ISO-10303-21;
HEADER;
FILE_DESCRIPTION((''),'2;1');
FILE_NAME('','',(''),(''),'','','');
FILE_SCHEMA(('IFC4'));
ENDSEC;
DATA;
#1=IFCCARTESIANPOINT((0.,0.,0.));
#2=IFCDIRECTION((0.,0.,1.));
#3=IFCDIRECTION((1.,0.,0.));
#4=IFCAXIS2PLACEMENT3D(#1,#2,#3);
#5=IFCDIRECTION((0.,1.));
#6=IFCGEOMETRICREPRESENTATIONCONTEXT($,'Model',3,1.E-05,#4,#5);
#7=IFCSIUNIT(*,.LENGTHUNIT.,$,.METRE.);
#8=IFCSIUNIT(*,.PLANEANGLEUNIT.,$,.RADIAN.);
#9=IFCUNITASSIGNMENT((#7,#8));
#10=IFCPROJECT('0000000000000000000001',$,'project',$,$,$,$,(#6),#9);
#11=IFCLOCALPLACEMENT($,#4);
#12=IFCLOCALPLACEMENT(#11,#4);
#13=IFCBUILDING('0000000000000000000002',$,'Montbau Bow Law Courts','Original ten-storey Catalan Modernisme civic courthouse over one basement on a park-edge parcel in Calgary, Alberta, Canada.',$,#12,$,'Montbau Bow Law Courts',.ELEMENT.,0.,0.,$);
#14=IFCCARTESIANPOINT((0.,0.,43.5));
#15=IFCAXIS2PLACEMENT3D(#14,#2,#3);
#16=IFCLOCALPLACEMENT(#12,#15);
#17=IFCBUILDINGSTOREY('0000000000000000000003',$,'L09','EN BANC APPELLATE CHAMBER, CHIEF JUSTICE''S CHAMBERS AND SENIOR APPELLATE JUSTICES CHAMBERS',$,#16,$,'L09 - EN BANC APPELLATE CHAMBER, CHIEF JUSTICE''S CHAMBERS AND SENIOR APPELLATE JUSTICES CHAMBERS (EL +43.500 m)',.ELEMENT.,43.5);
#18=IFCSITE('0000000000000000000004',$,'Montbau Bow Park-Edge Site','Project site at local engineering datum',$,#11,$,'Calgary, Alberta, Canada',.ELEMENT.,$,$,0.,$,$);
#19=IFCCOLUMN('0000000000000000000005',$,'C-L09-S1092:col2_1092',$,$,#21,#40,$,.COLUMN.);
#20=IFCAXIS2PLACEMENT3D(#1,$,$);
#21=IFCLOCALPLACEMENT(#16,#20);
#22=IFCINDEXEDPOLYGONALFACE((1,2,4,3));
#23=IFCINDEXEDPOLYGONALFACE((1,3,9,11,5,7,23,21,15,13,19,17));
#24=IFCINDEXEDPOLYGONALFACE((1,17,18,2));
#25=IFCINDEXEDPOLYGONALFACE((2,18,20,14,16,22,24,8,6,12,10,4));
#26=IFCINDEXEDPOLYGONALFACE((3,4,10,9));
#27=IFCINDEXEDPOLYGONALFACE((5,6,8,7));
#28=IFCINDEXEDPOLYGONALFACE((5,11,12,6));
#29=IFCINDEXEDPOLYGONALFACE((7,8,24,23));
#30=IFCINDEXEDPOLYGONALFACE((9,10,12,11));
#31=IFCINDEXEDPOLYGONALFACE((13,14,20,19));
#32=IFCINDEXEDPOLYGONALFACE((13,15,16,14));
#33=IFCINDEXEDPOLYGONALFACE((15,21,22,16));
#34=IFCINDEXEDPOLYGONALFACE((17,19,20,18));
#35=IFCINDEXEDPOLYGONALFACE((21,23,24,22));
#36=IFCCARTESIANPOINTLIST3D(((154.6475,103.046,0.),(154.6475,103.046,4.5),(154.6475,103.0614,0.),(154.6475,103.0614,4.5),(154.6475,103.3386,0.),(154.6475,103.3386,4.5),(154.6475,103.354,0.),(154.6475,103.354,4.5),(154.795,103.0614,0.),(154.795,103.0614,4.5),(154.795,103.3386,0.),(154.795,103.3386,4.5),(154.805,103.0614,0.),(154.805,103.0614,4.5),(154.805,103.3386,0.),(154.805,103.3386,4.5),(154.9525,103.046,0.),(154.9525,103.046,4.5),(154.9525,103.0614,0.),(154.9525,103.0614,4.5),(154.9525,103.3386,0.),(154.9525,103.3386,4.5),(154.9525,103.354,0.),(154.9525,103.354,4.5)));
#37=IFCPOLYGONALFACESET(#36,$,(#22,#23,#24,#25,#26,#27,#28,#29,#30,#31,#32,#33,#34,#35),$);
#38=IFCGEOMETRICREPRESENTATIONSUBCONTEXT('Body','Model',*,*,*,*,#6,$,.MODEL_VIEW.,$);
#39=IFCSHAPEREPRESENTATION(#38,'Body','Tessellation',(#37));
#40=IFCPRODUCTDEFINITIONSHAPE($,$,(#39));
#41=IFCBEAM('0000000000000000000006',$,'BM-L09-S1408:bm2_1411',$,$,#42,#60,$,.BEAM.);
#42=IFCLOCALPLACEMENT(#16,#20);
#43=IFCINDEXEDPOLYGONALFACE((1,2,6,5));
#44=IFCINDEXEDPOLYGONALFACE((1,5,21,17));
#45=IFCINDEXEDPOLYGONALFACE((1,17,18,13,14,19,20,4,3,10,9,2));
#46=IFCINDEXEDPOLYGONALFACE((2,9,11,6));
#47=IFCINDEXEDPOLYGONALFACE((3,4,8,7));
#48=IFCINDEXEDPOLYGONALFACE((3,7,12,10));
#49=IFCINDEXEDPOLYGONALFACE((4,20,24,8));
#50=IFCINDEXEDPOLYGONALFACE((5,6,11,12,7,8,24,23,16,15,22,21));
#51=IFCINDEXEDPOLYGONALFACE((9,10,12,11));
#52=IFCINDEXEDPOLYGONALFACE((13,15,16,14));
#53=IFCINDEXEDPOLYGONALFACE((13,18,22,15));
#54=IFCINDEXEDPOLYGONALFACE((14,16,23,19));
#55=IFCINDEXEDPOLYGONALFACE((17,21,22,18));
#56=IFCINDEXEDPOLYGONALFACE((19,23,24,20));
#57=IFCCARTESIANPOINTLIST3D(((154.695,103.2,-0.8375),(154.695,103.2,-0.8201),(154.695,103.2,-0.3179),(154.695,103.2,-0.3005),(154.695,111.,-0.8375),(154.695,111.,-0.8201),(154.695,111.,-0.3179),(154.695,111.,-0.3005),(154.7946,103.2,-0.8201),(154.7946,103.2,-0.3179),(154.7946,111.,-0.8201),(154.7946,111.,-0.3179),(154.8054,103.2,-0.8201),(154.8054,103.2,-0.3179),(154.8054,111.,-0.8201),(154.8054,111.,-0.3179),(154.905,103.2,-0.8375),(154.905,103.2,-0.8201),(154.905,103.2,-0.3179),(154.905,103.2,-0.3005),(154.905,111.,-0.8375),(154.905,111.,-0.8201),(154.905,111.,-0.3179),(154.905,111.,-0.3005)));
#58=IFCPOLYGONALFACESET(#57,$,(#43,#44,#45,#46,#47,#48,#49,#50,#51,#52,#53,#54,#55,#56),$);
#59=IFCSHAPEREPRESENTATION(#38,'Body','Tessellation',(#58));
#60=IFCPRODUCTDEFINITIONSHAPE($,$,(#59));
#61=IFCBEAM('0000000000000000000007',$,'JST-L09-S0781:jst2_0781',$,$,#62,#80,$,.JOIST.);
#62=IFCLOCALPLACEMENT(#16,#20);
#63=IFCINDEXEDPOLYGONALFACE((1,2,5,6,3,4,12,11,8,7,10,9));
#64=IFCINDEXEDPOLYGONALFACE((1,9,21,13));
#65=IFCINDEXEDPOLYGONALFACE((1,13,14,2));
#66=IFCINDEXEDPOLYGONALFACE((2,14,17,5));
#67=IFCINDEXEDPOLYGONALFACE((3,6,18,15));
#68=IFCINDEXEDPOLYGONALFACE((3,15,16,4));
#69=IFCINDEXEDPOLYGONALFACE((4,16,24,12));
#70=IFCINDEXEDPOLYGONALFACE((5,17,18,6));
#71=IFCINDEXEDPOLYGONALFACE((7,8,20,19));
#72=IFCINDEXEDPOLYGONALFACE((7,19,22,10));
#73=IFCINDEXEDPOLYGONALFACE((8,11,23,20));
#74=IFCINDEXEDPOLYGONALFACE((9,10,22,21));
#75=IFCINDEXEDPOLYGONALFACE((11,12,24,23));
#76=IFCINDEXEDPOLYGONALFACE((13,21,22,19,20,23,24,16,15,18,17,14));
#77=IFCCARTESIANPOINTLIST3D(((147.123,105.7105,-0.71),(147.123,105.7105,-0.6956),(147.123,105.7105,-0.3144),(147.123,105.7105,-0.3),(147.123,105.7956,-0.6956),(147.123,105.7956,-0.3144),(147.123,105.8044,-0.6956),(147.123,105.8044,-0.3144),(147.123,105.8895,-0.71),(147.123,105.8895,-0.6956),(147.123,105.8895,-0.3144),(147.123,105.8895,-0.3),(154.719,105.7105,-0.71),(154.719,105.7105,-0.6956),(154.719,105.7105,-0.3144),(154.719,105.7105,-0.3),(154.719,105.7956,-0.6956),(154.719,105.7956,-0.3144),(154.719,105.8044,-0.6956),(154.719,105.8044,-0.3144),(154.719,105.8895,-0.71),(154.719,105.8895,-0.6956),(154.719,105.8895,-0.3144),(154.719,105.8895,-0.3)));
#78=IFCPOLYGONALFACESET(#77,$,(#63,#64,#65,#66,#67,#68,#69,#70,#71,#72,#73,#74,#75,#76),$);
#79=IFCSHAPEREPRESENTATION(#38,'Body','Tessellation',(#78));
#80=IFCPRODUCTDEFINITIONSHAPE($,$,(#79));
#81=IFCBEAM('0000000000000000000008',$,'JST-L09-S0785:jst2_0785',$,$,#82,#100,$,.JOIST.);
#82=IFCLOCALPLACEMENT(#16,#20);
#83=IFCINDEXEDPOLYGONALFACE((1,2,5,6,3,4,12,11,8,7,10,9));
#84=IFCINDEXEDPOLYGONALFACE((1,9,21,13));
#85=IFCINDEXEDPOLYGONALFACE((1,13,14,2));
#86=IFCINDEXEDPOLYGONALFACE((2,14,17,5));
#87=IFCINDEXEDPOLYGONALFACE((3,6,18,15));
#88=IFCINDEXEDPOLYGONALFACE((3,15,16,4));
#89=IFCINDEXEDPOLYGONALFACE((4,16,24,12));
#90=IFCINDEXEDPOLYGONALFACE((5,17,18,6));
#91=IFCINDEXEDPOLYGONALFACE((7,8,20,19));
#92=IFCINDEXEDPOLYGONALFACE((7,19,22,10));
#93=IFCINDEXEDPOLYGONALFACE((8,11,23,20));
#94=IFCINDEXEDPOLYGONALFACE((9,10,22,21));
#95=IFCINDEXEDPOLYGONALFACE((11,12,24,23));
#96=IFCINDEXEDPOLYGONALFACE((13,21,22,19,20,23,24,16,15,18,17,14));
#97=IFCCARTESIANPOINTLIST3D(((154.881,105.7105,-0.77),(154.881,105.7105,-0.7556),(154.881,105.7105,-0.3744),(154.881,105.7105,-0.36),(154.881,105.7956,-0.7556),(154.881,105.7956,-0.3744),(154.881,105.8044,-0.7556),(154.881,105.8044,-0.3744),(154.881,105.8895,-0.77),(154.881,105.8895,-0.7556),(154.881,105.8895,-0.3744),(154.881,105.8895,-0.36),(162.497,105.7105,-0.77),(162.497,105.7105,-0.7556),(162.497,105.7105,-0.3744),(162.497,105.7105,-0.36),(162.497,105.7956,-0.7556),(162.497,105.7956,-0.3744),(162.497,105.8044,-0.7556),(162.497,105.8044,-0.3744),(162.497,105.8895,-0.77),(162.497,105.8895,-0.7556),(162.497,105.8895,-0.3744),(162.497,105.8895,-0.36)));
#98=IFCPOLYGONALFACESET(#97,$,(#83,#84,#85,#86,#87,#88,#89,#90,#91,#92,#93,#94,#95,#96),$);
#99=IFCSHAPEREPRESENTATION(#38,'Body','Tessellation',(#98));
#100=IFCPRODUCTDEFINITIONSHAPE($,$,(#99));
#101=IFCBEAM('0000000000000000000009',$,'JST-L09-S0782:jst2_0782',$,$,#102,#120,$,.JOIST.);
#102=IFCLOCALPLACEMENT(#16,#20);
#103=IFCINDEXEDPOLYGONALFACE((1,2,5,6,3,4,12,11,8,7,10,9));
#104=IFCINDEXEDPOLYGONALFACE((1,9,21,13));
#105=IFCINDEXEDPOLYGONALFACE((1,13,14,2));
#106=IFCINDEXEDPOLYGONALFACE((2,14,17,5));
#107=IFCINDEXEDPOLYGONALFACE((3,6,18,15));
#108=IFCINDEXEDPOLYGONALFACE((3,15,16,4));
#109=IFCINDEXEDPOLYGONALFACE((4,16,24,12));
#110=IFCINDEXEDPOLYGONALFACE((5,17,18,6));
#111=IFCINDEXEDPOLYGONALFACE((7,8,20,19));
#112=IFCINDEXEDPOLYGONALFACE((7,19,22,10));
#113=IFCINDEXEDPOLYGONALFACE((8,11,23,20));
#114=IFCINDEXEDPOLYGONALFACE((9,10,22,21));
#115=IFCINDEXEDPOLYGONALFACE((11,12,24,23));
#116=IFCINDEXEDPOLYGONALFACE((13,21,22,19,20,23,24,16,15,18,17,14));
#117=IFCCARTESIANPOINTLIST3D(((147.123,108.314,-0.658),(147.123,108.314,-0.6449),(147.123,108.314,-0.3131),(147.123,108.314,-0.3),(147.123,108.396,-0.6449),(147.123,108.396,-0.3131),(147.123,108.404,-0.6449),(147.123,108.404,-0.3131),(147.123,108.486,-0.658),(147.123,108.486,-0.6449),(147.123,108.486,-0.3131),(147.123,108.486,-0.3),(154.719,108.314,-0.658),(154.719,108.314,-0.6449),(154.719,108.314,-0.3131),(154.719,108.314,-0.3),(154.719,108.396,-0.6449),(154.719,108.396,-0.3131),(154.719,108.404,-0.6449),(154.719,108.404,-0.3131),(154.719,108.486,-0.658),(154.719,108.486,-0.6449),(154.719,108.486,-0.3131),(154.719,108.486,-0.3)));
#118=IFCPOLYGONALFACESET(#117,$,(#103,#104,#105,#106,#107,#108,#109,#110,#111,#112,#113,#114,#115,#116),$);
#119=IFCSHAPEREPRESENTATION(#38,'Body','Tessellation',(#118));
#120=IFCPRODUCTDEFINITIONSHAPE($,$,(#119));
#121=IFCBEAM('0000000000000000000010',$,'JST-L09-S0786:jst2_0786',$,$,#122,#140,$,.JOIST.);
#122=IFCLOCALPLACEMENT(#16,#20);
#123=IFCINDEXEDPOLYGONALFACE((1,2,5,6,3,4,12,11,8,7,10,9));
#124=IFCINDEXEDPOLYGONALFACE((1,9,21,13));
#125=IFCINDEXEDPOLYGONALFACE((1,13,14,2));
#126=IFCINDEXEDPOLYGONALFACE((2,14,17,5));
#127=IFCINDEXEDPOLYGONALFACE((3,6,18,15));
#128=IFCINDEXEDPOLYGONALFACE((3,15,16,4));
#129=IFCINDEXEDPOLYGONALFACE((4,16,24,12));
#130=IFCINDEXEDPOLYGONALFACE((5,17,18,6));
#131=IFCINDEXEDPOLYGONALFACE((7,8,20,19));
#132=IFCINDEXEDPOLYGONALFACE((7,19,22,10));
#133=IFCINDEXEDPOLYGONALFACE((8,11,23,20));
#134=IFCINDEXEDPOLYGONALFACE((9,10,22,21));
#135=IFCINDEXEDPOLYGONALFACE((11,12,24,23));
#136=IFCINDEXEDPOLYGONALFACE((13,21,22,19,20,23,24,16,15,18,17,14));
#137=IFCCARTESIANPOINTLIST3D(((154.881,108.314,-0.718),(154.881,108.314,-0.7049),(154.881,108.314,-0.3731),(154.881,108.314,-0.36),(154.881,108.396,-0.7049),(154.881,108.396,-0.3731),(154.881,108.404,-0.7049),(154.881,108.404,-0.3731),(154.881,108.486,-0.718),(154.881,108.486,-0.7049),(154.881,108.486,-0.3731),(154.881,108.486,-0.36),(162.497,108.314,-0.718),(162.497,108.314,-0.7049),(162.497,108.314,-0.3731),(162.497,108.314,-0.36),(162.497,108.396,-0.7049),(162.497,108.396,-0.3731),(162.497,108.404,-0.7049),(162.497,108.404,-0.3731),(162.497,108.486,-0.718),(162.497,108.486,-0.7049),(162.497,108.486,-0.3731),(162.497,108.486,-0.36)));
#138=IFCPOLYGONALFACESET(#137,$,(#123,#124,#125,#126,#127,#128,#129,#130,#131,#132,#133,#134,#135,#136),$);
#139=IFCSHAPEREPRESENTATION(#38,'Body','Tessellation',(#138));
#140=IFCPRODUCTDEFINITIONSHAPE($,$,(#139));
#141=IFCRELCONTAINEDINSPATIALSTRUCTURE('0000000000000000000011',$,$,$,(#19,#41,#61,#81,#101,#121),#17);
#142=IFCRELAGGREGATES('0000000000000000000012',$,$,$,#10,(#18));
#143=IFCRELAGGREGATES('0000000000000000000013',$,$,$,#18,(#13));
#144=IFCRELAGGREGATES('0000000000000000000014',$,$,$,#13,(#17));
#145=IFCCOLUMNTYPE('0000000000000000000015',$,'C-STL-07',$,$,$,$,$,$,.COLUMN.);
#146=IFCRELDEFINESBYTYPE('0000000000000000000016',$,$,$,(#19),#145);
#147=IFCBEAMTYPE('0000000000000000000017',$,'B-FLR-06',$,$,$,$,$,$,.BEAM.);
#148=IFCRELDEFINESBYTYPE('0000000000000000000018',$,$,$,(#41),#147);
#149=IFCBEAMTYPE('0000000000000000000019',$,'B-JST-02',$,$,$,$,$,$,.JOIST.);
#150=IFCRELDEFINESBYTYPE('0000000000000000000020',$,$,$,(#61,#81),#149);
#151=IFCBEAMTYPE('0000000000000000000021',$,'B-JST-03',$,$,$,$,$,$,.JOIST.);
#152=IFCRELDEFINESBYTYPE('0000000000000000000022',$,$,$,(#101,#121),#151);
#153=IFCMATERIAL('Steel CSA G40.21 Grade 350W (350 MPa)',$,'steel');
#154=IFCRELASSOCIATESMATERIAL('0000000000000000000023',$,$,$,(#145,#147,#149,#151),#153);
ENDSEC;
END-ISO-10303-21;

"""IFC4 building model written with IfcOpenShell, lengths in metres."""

from ifc_helpers import new_model, si_unit, direction, frame, origin_with_axes, origin_2d_with_axis, place, context, subcontext, project, spatial, i_section, extrude, material, material_profile, profile_set, type_object, element, save


model = new_model("IFC4")

# Units and contexts
model_context = context("Model", 3, precision=1e-05, world=origin_with_axes(), true_north=direction((0.0, 1.0)))
body_context = subcontext(model_context, "Body", "Model", "MODEL_VIEW")
ifc_project = project(units=[si_unit("LENGTHUNIT", "METRE"), si_unit("PLANEANGLEUNIT", "RADIAN")], contexts=[model_context])

# Site, building, storey
site_placement = place(None, origin_with_axes())
site = spatial("IfcSite", under=ifc_project, at=site_placement, Name="Montbau Bow Park-Edge Site", Description="Project site at local engineering datum", LongName="Calgary, Alberta, Canada", CompositionType="ELEMENT", RefElevation=0.0)
building_placement = place(site_placement, origin_with_axes())
building = spatial("IfcBuilding", under=site, at=building_placement, Name="Montbau Bow Law Courts", Description="Original ten-storey Catalan Modernisme civic courthouse over one basement on a park-edge parcel in Calgary, Alberta, Canada.", LongName="Montbau Bow Law Courts", CompositionType="ELEMENT", ElevationOfRefHeight=0.0, ElevationOfTerrain=0.0)
storey_placement = place(building_placement, frame((0.0, 0.0, 43.5), z_axis=(0.0, 0.0, 1.0), x_axis=(1.0, 0.0, 0.0)))
storey = spatial("IfcBuildingStorey", under=building, at=storey_placement, Name="L09", Description="EN BANC APPELLATE CHAMBER, CHIEF JUSTICE'S CHAMBERS AND SENIOR APPELLATE JUSTICES CHAMBERS", LongName="L09 - EN BANC APPELLATE CHAMBER, CHIEF JUSTICE'S CHAMBERS AND SENIOR APPELLATE JUSTICES CHAMBERS (EL +43.500 m)", CompositionType="ELEMENT", Elevation=43.5)

# Column
ifc_material_1 = material(Name="Steel CSA G40.21 Grade 350W (350 MPa)", Category="steel")
ifc_material_profile_1 = material_profile(ifc_material_1, i_section(OverallWidth=0.305, OverallDepth=0.308, WebThickness=0.0099, FlangeThickness=0.0154, at=origin_2d_with_axis()), Name="W310X97", Category="Main", Priority=0)
ifc_profile_set_1 = profile_set([ifc_material_profile_1], Name="Steel CSA G40.21 Grade 350W (350 MPa)")
column_type = type_object("IfcColumnType", Name="C-STL-07", PredefinedType="COLUMN", material=ifc_profile_set_1)
column_placement = place(None, frame((154.8, 103.2, 43.5), z_axis=(0.0, 0.0, 1.0), x_axis=(1.0, 0.0, 0.0)))
element("IfcColumn", 1, at=column_placement, inside=storey, type_object=column_type, Name="C-L09-S1092:col2_1092", PredefinedType="COLUMN", context=body_context, shape_type="SweptSolid", body=[
    extrude(i_section(OverallWidth=0.305, OverallDepth=0.308, WebThickness=0.0099, FlangeThickness=0.0154, at=origin_2d_with_axis()), origin_with_axes(), (0.0, 0.0, 1.0), 4.5),
])

# Beams
ifc_material_profile_2 = material_profile(ifc_material_1, i_section(OverallWidth=0.21, OverallDepth=0.537, WebThickness=0.0109, FlangeThickness=0.0174, at=origin_2d_with_axis()), Name="W530X101", Category="Main", Priority=0)
ifc_profile_set_2 = profile_set([ifc_material_profile_2], Name="Steel CSA G40.21 Grade 350W (350 MPa)")
beam_type_1 = type_object("IfcBeamType", Name="B-FLR-06", PredefinedType="BEAM", material=ifc_profile_set_2)
beam_1_placement = place(None, frame((154.8, 103.2, 42.931), z_axis=(0.0, 1.0, 0.0), x_axis=(-1.0, 0.0, 0.0)))
element("IfcBeam", 2, at=beam_1_placement, inside=storey, type_object=beam_type_1, Name="BM-L09-S1408:bm2_1411", PredefinedType="BEAM", context=body_context, shape_type="SweptSolid", body=[
    extrude(i_section(OverallWidth=0.21, OverallDepth=0.537, WebThickness=0.0109, FlangeThickness=0.0174, at=origin_2d_with_axis()), origin_with_axes(), (0.0, 0.0, 1.0), 7.8),
])
ifc_material_profile_3 = material_profile(ifc_material_1, i_section(OverallWidth=0.179, OverallDepth=0.41, WebThickness=0.0088, FlangeThickness=0.0144, at=origin_2d_with_axis()), Name="W410X67", Category="Main", Priority=0)
ifc_profile_set_3 = profile_set([ifc_material_profile_3], Name="Steel CSA G40.21 Grade 350W (350 MPa)")
beam_type_2 = type_object("IfcBeamType", Name="B-JST-02", PredefinedType="JOIST", material=ifc_profile_set_3)
beam_2_placement = place(None, frame((147.123, 105.8, 42.995), z_axis=(1.0, 0.0, 0.0), x_axis=(0.0, 1.0, 0.0)))
element("IfcBeam", 3, at=beam_2_placement, inside=storey, type_object=beam_type_2, Name="JST-L09-S0781:jst2_0781", PredefinedType="JOIST", context=body_context, shape_type="SweptSolid", body=[
    extrude(i_section(OverallWidth=0.179, OverallDepth=0.41, WebThickness=0.0088, FlangeThickness=0.0144, at=origin_2d_with_axis()), origin_with_axes(), (0.0, 0.0, 1.0), 7.596),
])
beam_3_placement = place(None, frame((154.881, 105.8, 42.935), z_axis=(1.0, 0.0, 0.0), x_axis=(0.0, 1.0, 0.0)))
element("IfcBeam", 4, at=beam_3_placement, inside=storey, type_object=beam_type_2, Name="JST-L09-S0785:jst2_0785", PredefinedType="JOIST", context=body_context, shape_type="SweptSolid", body=[
    extrude(i_section(OverallWidth=0.179, OverallDepth=0.41, WebThickness=0.0088, FlangeThickness=0.0144, at=origin_2d_with_axis()), origin_with_axes(), (0.0, 0.0, 1.0), 7.616),
])
ifc_material_profile_4 = material_profile(ifc_material_1, i_section(OverallWidth=0.172, OverallDepth=0.358, WebThickness=0.0079, FlangeThickness=0.0131, at=origin_2d_with_axis()), Name="W360X57", Category="Main", Priority=0)
ifc_profile_set_4 = profile_set([ifc_material_profile_4], Name="Steel CSA G40.21 Grade 350W (350 MPa)")
beam_type_3 = type_object("IfcBeamType", Name="B-JST-03", PredefinedType="JOIST", material=ifc_profile_set_4)
beam_4_placement = place(None, frame((147.123, 108.4, 43.021), z_axis=(1.0, 0.0, 0.0), x_axis=(0.0, 1.0, 0.0)))
element("IfcBeam", 5, at=beam_4_placement, inside=storey, type_object=beam_type_3, Name="JST-L09-S0782:jst2_0782", PredefinedType="JOIST", context=body_context, shape_type="SweptSolid", body=[
    extrude(i_section(OverallWidth=0.172, OverallDepth=0.358, WebThickness=0.0079, FlangeThickness=0.0131, at=origin_2d_with_axis()), origin_with_axes(), (0.0, 0.0, 1.0), 7.596),
])
beam_5_placement = place(None, frame((154.881, 108.4, 42.961), z_axis=(1.0, 0.0, 0.0), x_axis=(0.0, 1.0, 0.0)))
element("IfcBeam", 6, at=beam_5_placement, inside=storey, type_object=beam_type_3, Name="JST-L09-S0786:jst2_0786", PredefinedType="JOIST", context=body_context, shape_type="SweptSolid", body=[
    extrude(i_section(OverallWidth=0.172, OverallDepth=0.358, WebThickness=0.0079, FlangeThickness=0.0131, at=origin_2d_with_axis()), origin_with_axes(), (0.0, 0.0, 1.0), 7.616),
])

save(model, "model.ifc")
